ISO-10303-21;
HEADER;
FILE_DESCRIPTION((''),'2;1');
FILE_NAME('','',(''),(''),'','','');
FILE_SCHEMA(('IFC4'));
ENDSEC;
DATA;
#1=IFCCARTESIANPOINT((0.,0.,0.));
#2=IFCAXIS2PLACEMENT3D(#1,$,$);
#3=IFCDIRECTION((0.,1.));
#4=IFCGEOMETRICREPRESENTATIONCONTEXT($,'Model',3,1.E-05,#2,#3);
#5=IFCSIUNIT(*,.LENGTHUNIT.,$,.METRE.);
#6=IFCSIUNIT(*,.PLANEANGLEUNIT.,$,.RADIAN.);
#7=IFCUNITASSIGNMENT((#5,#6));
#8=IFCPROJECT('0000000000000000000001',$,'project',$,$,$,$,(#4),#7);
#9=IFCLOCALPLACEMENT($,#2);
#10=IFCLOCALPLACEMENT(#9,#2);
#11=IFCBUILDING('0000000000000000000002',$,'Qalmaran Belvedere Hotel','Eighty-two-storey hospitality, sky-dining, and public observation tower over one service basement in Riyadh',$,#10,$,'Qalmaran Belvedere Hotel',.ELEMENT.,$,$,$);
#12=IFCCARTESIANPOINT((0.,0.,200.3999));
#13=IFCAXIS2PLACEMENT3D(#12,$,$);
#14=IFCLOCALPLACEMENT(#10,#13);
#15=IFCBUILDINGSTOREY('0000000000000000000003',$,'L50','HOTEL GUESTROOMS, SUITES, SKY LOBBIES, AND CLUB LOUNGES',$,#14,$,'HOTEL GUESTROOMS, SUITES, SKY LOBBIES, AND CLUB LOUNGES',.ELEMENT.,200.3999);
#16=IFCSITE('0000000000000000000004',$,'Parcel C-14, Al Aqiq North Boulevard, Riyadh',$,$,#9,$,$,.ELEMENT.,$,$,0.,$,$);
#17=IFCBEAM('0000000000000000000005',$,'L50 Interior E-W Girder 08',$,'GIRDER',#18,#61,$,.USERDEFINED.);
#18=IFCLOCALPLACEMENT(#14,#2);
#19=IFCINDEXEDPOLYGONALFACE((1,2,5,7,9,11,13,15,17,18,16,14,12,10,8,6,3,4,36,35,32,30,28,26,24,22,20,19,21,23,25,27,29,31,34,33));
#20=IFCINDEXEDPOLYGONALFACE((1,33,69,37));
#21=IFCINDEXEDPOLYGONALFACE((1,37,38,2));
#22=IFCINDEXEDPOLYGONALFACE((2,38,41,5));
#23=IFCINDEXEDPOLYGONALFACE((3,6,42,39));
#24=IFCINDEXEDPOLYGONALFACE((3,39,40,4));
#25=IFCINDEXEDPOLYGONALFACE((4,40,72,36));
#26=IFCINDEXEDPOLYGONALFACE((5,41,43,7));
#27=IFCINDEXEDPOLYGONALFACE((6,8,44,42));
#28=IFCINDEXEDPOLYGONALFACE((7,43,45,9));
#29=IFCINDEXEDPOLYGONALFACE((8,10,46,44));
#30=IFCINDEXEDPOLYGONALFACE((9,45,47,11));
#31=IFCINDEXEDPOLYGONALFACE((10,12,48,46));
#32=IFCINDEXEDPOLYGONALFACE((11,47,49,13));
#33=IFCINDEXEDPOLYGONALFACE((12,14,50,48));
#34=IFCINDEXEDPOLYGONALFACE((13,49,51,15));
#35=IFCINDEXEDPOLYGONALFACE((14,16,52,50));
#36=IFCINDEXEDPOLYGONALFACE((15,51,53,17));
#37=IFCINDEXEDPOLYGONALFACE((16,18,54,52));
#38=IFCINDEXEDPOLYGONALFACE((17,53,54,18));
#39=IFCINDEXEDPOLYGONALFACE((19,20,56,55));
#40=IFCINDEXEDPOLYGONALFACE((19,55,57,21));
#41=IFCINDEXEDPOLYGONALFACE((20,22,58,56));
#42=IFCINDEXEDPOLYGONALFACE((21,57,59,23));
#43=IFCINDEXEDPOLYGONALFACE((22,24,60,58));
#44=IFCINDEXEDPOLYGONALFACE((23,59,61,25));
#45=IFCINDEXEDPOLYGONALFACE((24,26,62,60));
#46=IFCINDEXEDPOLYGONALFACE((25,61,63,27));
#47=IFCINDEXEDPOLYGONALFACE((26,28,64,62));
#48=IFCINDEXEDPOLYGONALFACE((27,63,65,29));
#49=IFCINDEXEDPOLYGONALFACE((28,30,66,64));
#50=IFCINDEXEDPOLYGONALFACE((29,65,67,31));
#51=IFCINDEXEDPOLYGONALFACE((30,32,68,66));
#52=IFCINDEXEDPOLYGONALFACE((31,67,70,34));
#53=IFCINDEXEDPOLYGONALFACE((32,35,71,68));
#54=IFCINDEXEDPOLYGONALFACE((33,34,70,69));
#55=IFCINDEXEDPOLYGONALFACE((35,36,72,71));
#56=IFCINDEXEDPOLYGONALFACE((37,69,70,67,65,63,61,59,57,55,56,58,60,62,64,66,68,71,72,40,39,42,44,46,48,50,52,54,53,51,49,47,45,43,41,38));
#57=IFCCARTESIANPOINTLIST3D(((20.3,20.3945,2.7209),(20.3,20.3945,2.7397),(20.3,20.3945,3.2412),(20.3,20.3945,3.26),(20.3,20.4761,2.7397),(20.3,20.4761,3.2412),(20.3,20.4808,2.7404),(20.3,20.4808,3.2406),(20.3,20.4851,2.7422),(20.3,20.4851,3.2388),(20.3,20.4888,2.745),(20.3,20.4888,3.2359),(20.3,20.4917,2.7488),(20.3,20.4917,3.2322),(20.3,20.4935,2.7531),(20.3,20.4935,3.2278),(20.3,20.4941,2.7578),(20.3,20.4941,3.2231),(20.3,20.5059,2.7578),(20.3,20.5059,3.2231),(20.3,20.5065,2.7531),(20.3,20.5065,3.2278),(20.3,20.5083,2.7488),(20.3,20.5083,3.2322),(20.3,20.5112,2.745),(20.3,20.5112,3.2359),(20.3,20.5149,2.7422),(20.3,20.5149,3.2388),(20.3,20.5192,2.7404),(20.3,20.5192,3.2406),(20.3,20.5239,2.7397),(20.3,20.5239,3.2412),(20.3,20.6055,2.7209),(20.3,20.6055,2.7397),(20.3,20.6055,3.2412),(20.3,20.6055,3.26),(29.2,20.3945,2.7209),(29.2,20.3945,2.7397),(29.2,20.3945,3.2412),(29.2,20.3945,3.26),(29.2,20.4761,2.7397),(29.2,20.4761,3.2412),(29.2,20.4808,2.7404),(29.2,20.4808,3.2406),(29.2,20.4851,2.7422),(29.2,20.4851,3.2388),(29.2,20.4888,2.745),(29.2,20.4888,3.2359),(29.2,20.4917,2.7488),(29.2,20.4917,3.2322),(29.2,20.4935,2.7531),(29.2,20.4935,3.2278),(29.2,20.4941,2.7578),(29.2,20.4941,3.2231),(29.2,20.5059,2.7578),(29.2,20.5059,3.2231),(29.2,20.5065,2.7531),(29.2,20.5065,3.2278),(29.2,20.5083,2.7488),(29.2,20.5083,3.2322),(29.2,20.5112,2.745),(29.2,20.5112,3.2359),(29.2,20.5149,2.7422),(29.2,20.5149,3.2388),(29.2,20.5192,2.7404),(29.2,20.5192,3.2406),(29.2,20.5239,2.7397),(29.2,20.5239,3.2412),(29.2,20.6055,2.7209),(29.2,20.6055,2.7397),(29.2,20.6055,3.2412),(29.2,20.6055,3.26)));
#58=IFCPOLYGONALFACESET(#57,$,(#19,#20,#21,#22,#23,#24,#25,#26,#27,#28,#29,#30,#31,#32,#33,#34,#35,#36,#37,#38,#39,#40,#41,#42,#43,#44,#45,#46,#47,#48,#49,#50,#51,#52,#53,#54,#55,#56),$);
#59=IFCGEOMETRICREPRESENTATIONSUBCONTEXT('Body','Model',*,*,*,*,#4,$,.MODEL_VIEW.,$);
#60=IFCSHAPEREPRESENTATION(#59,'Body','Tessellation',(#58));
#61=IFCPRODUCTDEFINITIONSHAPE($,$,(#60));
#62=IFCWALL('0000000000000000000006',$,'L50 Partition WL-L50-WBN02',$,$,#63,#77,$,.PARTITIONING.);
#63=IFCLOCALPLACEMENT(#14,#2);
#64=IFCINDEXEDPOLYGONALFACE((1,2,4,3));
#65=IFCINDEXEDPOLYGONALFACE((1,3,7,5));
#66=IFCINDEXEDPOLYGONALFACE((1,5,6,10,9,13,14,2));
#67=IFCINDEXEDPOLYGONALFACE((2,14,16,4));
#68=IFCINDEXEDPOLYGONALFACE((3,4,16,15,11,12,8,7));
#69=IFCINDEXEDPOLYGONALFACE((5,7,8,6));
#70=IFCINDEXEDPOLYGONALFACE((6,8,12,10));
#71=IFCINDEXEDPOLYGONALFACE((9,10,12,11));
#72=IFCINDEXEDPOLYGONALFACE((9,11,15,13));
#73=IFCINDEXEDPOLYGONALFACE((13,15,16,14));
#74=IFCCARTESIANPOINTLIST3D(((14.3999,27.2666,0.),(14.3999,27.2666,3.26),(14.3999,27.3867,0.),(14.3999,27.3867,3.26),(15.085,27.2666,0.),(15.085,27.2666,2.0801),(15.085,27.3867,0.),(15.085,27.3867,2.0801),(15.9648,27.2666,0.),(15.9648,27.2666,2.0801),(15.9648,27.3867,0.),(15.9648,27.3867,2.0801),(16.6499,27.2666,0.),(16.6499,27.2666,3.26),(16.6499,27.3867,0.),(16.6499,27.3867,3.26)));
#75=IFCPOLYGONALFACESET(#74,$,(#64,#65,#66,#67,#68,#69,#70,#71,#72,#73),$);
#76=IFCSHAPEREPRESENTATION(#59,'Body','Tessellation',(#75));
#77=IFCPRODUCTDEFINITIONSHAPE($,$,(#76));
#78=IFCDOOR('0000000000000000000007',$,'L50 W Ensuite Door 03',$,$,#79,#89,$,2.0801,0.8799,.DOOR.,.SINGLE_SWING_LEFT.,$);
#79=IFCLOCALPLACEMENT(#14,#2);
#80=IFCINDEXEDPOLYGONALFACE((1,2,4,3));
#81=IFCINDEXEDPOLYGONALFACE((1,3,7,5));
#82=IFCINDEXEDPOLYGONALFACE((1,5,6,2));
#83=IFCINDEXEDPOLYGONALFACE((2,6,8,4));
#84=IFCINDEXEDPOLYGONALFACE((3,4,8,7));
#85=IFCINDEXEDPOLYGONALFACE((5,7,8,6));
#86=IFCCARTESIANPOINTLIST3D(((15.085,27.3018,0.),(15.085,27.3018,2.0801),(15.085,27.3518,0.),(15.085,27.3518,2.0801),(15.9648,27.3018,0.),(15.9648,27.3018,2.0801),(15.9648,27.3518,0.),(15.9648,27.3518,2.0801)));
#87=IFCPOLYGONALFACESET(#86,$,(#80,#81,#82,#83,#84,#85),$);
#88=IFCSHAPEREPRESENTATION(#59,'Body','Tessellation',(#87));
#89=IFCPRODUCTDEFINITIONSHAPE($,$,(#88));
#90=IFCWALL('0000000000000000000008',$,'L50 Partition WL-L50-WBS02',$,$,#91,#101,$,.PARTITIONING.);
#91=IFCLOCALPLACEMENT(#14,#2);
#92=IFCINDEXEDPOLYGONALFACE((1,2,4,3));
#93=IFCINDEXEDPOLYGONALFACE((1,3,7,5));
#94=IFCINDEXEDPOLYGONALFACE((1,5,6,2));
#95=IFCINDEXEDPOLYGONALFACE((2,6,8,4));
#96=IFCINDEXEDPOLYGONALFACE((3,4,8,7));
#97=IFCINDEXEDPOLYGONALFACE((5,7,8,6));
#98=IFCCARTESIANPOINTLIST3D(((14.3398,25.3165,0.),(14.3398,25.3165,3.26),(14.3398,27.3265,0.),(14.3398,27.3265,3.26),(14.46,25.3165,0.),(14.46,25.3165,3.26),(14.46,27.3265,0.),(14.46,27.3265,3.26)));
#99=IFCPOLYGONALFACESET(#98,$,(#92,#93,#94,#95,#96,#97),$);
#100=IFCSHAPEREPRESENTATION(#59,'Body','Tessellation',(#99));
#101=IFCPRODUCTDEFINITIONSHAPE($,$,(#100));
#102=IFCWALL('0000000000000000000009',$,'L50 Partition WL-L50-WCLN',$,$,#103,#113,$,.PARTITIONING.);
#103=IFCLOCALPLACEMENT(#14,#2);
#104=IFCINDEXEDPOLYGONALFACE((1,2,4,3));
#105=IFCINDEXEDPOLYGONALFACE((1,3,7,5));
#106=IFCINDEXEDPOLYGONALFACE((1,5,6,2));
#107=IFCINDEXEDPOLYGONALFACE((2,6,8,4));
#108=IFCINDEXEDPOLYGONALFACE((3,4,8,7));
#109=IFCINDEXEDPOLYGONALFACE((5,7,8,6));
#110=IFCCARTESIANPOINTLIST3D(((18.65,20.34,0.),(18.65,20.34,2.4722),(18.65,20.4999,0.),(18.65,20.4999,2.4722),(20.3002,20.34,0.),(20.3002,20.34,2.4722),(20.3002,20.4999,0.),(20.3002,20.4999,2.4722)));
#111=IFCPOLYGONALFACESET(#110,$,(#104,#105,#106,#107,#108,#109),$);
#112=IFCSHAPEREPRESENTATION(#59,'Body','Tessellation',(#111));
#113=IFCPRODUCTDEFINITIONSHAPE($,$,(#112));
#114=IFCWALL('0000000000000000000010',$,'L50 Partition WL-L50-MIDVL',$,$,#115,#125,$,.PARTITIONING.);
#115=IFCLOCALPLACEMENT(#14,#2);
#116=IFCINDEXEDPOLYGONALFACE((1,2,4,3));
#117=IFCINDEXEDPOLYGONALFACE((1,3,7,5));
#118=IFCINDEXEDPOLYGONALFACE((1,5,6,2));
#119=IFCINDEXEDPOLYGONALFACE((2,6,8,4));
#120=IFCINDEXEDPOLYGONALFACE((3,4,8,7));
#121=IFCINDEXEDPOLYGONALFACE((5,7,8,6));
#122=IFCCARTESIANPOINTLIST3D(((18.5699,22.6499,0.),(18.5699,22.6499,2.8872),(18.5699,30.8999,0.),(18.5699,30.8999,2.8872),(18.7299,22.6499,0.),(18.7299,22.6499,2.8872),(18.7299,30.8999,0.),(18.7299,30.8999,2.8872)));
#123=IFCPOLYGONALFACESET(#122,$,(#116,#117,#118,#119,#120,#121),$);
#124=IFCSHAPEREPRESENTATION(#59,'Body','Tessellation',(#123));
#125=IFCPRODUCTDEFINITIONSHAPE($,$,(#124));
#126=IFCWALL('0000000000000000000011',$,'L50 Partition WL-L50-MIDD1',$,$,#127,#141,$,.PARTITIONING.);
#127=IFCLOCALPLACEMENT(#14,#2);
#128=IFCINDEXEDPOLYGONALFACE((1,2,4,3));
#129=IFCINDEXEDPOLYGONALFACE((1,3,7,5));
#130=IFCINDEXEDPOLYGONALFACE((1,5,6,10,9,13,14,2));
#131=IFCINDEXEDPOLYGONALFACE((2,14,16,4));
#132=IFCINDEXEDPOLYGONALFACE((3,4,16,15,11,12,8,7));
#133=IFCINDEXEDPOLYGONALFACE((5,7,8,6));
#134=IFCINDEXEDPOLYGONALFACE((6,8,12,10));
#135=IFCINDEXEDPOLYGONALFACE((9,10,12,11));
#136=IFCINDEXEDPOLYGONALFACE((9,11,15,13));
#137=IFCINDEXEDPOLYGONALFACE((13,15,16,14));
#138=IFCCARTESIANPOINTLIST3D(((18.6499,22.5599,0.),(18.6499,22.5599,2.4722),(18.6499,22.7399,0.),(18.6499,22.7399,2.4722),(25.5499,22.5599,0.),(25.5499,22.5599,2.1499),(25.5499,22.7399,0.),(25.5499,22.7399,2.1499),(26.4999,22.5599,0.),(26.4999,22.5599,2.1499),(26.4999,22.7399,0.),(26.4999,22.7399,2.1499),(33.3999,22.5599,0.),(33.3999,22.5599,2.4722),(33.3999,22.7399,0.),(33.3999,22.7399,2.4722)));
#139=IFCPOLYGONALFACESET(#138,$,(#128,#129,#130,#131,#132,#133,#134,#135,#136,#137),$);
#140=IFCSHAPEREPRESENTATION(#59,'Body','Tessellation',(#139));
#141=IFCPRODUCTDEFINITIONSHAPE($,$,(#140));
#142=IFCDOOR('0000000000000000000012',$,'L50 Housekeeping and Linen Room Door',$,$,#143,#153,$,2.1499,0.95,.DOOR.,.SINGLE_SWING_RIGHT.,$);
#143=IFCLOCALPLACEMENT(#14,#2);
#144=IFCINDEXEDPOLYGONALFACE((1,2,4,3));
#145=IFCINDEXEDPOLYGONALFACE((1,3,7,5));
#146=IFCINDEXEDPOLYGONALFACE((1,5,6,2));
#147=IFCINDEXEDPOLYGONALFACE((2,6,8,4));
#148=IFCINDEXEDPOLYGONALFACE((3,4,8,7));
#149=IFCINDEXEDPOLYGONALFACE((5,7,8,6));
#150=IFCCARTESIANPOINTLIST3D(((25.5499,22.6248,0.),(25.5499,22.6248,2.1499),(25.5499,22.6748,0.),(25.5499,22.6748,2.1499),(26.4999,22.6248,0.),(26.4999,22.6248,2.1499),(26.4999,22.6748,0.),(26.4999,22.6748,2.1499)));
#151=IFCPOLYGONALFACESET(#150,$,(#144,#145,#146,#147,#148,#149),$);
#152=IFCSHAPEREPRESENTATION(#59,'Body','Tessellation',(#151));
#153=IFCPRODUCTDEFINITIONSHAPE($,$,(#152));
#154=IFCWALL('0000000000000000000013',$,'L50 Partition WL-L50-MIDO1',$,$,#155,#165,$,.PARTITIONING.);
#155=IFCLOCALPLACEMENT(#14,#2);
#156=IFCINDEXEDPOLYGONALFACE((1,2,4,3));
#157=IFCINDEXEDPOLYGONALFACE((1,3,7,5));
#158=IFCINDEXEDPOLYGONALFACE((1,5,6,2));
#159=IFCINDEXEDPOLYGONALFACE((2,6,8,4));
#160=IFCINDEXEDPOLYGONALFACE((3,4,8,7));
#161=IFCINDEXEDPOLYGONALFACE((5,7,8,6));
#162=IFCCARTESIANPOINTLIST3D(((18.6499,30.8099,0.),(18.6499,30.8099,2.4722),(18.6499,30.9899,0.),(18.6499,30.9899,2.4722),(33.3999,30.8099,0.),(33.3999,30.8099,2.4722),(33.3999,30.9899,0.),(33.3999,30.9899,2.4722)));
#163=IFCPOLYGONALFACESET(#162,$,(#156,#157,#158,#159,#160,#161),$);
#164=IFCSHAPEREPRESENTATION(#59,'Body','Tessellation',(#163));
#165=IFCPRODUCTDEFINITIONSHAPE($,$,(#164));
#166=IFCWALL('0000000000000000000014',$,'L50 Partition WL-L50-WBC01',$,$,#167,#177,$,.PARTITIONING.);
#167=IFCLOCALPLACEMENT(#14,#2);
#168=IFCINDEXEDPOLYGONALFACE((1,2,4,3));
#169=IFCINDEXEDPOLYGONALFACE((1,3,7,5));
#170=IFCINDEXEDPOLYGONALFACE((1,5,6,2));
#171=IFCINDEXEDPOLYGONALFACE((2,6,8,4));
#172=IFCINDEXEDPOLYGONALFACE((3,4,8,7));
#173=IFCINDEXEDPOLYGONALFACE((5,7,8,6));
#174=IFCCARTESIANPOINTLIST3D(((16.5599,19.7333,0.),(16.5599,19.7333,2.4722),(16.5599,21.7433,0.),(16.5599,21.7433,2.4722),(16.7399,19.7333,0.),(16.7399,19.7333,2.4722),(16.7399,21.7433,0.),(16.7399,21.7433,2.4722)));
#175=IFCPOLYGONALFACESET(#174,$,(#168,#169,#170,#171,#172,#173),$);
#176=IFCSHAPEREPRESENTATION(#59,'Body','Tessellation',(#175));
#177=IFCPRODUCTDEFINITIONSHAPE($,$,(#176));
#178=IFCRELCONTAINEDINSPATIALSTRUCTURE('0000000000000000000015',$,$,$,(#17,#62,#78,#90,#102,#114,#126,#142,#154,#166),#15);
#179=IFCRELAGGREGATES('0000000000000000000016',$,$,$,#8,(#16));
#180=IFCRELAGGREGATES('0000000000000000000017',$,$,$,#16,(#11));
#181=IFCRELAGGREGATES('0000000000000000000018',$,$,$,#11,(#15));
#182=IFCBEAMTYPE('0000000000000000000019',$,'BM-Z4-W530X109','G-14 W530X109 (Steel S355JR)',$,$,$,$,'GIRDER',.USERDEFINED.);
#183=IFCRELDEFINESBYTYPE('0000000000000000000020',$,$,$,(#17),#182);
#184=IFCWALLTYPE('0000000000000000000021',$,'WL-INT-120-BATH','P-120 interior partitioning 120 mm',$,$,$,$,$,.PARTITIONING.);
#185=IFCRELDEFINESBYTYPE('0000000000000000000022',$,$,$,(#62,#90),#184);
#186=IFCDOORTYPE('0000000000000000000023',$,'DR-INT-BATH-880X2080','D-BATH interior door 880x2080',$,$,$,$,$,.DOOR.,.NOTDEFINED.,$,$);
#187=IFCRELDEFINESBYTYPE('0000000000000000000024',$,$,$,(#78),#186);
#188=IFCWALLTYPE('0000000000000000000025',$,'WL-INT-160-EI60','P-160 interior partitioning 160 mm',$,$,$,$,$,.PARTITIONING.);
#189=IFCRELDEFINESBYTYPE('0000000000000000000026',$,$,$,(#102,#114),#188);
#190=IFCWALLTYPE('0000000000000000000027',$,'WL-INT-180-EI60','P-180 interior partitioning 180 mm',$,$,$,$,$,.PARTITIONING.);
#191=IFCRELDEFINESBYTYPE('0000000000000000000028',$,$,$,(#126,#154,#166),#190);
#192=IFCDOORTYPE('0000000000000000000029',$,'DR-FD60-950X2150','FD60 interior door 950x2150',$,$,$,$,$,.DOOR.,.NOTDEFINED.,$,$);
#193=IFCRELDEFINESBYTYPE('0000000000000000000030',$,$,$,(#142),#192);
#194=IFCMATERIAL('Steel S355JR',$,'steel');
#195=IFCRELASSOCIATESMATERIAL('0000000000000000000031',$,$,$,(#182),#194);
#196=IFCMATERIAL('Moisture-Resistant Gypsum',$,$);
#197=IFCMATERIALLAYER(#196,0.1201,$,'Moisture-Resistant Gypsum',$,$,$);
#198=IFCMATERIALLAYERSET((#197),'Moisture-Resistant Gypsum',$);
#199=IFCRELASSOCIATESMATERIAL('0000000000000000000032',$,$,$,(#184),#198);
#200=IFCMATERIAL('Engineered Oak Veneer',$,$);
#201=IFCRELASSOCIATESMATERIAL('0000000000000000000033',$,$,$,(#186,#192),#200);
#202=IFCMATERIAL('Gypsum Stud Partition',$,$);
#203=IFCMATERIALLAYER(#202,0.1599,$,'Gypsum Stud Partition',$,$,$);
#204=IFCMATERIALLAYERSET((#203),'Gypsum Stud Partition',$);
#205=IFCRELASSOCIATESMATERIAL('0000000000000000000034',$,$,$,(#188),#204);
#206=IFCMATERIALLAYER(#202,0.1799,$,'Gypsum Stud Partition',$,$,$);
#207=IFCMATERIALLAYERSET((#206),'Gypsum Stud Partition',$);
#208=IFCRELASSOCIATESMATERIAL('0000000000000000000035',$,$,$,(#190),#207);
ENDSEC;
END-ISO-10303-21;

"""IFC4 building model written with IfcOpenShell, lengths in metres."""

from ifc_helpers import new_model, si_unit, direction, frame, frame_2d, origin, origin_2d, place, context, subcontext, project, spatial, rectangle, i_section, extrude, material, layer, layer_set, material_profile, profile_set, type_object, element, fill, save


model = new_model("IFC4")

# Units and contexts
model_context = context("Model", 3, precision=1e-05, world=origin(), true_north=direction((0.0, 1.0)))
body_context = subcontext(model_context, "Body", "Model", "MODEL_VIEW")
ifc_project = project(units=[si_unit("LENGTHUNIT", "METRE"), si_unit("PLANEANGLEUNIT", "RADIAN")], contexts=[model_context])

# Site, building, storey
site_placement = place(None, origin())
site = spatial("IfcSite", under=ifc_project, at=site_placement, Name="Parcel C-14, Al Aqiq North Boulevard, Riyadh", CompositionType="ELEMENT", RefElevation=0.0)
building_placement = place(site_placement, origin())
building = spatial("IfcBuilding", under=site, at=building_placement, Name="Qalmaran Belvedere Hotel", Description="Eighty-two-storey hospitality, sky-dining, and public observation tower over one service basement in Riyadh", LongName="Qalmaran Belvedere Hotel", CompositionType="ELEMENT")
storey_placement = place(building_placement, frame((0.0, 0.0, 200.3999)))
storey = spatial("IfcBuildingStorey", under=building, at=storey_placement, Name="L50", Description="HOTEL GUESTROOMS, SUITES, SKY LOBBIES, AND CLUB LOUNGES", LongName="HOTEL GUESTROOMS, SUITES, SKY LOBBIES, AND CLUB LOUNGES", CompositionType="ELEMENT", Elevation=200.3999)

# Beam
ifc_material_1 = material(Name="Steel S355JR", Category="steel")
ifc_material_profile_1 = material_profile(ifc_material_1, i_section(OverallWidth=0.2109, OverallDepth=0.5391, WebThickness=0.0117, FlangeThickness=0.0188, FilletRadius=0.0181, at=origin_2d()), Name="W530X109")
ifc_profile_set_1 = profile_set([ifc_material_profile_1], Name="Steel S355JR")
beam_type_1 = type_object("IfcBeamType", Name="BM-Z4-W530X109", Description="G-14 W530X109 (Steel S355JR)", ElementType="GIRDER", PredefinedType="USERDEFINED", material=ifc_profile_set_1)
beam_1_placement = place(storey_placement, frame((20.3, 20.5, 2.9905), z_axis=(1.0, 0.0, 0.0), x_axis=(0.0, 1.0, 0.0)))
element("IfcBeam", 1, at=beam_1_placement, inside=storey, type_object=beam_type_1, Name="L50 Interior E-W Girder 08", ObjectType="GIRDER", PredefinedType="USERDEFINED", context=body_context, shape_type="SweptSolid", body=[
    extrude(i_section(OverallWidth=0.2109, OverallDepth=0.5391, WebThickness=0.0117, FlangeThickness=0.0188, FilletRadius=0.0181, at=origin_2d()), origin(), (0.0, 0.0, 1.0), 8.8999),
])

# Wall, opening, door
ifc_material_2 = material(Name="Moisture-Resistant Gypsum")
ifc_layer_1 = layer(ifc_material_2, 0.1201, Name="Moisture-Resistant Gypsum")
ifc_layer_set_1 = layer_set([ifc_layer_1], Name="Moisture-Resistant Gypsum")
wall_type_1 = type_object("IfcWallType", Name="WL-INT-120-BATH", Description="P-120 interior partitioning 120 mm", PredefinedType="PARTITIONING", material=ifc_layer_set_1)
wall_1_placement = place(storey_placement, frame((14.3999, 27.3267, 0.0), z_axis=(0.0, 0.0, 1.0), x_axis=(1.0, 0.0, 0.0)))
wall_1 = element("IfcWall", 2, at=wall_1_placement, inside=storey, type_object=wall_type_1, Name="L50 Partition WL-L50-WBN02", PredefinedType="PARTITIONING", context=body_context, shape_type="SweptSolid", body=[
    extrude(rectangle(XDim=2.25, YDim=0.1201, at=frame_2d((1.125, 0.0))), origin(), (0.0, 0.0, 1.0), 3.26),
])
opening_1_placement = place(wall_1_placement, frame((1.5649, 0.0, 0.0), z_axis=(0.0, 0.0, 1.0), x_axis=(-1.0, 0.0, 0.0)))
opening_1 = element("IfcOpeningElement", 3, at=opening_1_placement, cuts=wall_1, PredefinedType="OPENING", context=body_context, shape_type="SweptSolid", body=[
    extrude(rectangle(XDim=0.8799, YDim=2.0801, at=frame_2d((0.4399, 1.04))), frame((0.0, 0.0701, 0.0), z_axis=(0.0, -1.0, 0.0), x_axis=(1.0, 0.0, 0.0)), (0.0, 0.0, 1.0), 0.1401),
])
ifc_material_3 = material(Name="Engineered Oak Veneer")
door_type_1 = type_object("IfcDoorType", Name="DR-INT-BATH-880X2080", Description="D-BATH interior door 880x2080", OperationType="NOTDEFINED", PredefinedType="DOOR", material=ifc_material_3)
door_1_placement = place(opening_1_placement, origin())
door_1 = element("IfcDoor", 4, at=door_1_placement, inside=storey, type_object=door_type_1, Name="L50 W Ensuite Door 03", OperationType="SINGLE_SWING_LEFT", OverallHeight=2.0801, OverallWidth=0.8799, PredefinedType="DOOR", context=body_context, shape_type="SweptSolid", body=[
    extrude(rectangle(XDim=0.8799, YDim=2.0801, at=frame_2d((0.4399, 1.04))), frame((0.0, 0.0249, 0.0), z_axis=(0.0, -1.0, 0.0), x_axis=(1.0, 0.0, 0.0)), (0.0, 0.0, 1.0), 0.05),
])
fill(opening_1, door_1)

# Wall
wall_2_placement = place(storey_placement, frame((14.3999, 25.3167, 0.0), z_axis=(0.0, 0.0, 1.0), x_axis=(0.0, 1.0, 0.0)))
element("IfcWall", 5, at=wall_2_placement, inside=storey, type_object=wall_type_1, Name="L50 Partition WL-L50-WBS02", PredefinedType="PARTITIONING", context=body_context, shape_type="SweptSolid", body=[
    extrude(rectangle(XDim=2.01, YDim=0.1201, at=frame_2d((1.0049, 0.0))), origin(), (0.0, 0.0, 1.0), 3.26),
])

# Shared definitions
ifc_material_4 = material(Name="Gypsum Stud Partition")

# Walls
ifc_layer_2 = layer(ifc_material_4, 0.1599, Name="Gypsum Stud Partition")
ifc_layer_set_2 = layer_set([ifc_layer_2], Name="Gypsum Stud Partition")
wall_type_2 = type_object("IfcWallType", Name="WL-INT-160-EI60", Description="P-160 interior partitioning 160 mm", PredefinedType="PARTITIONING", material=ifc_layer_set_2)
wall_3_placement = place(storey_placement, frame((18.6499, 20.4199, 0.0), z_axis=(0.0, 0.0, 1.0), x_axis=(1.0, 0.0, 0.0)))
element("IfcWall", 6, at=wall_3_placement, inside=storey, type_object=wall_type_2, Name="L50 Partition WL-L50-WCLN", PredefinedType="PARTITIONING", context=body_context, shape_type="SweptSolid", body=[
    extrude(rectangle(XDim=1.6501, YDim=0.1599, at=frame_2d((0.8252, 0.0))), origin(), (0.0, 0.0, 1.0), 2.4722),
])
wall_4_placement = place(storey_placement, frame((18.6499, 22.6499, 0.0), z_axis=(0.0, 0.0, 1.0), x_axis=(0.0, 1.0, 0.0)))
element("IfcWall", 7, at=wall_4_placement, inside=storey, type_object=wall_type_2, Name="L50 Partition WL-L50-MIDVL", PredefinedType="PARTITIONING", context=body_context, shape_type="SweptSolid", body=[
    extrude(rectangle(XDim=8.25, YDim=0.1599, at=frame_2d((4.125, 0.0))), origin(), (0.0, 0.0, 1.0), 2.8872),
])

# Wall, opening, door
ifc_layer_3 = layer(ifc_material_4, 0.1799, Name="Gypsum Stud Partition")
ifc_layer_set_3 = layer_set([ifc_layer_3], Name="Gypsum Stud Partition")
wall_type_3 = type_object("IfcWallType", Name="WL-INT-180-EI60", Description="P-180 interior partitioning 180 mm", PredefinedType="PARTITIONING", material=ifc_layer_set_3)
wall_5_placement = place(storey_placement, frame((18.6499, 22.6499, 0.0), z_axis=(0.0, 0.0, 1.0), x_axis=(1.0, 0.0, 0.0)))
wall_5 = element("IfcWall", 8, at=wall_5_placement, inside=storey, type_object=wall_type_3, Name="L50 Partition WL-L50-MIDD1", PredefinedType="PARTITIONING", context=body_context, shape_type="SweptSolid", body=[
    extrude(rectangle(XDim=14.75, YDim=0.1799, at=frame_2d((7.375, 0.0))), origin(), (0.0, 0.0, 1.0), 2.4722),
])
opening_2_placement = place(wall_5_placement, frame((6.8999, 0.0, 0.0)))
opening_2 = element("IfcOpeningElement", 9, at=opening_2_placement, cuts=wall_5, PredefinedType="OPENING", context=body_context, shape_type="SweptSolid", body=[
    extrude(rectangle(XDim=0.95, YDim=2.1499, at=frame_2d((0.4751, 1.075))), frame((0.0, 0.1001, 0.0), z_axis=(0.0, -1.0, 0.0), x_axis=(1.0, 0.0, 0.0)), (0.0, 0.0, 1.0), 0.2),
])
door_type_2 = type_object("IfcDoorType", Name="DR-FD60-950X2150", Description="FD60 interior door 950x2150", OperationType="NOTDEFINED", PredefinedType="DOOR", material=ifc_material_3)
door_2_placement = place(opening_2_placement, origin())
door_2 = element("IfcDoor", 10, at=door_2_placement, inside=storey, type_object=door_type_2, Name="L50 Housekeeping and Linen Room Door", OperationType="SINGLE_SWING_RIGHT", OverallHeight=2.1499, OverallWidth=0.95, PredefinedType="DOOR", context=body_context, shape_type="SweptSolid", body=[
    extrude(rectangle(XDim=0.95, YDim=2.1499, at=frame_2d((0.4751, 1.075))), frame((0.0, 0.0249, 0.0), z_axis=(0.0, -1.0, 0.0), x_axis=(1.0, 0.0, 0.0)), (0.0, 0.0, 1.0), 0.05),
])
fill(opening_2, door_2)

# Walls
wall_6_placement = place(storey_placement, frame((18.6499, 30.8999, 0.0), z_axis=(0.0, 0.0, 1.0), x_axis=(1.0, 0.0, 0.0)))
element("IfcWall", 11, at=wall_6_placement, inside=storey, type_object=wall_type_3, Name="L50 Partition WL-L50-MIDO1", PredefinedType="PARTITIONING", context=body_context, shape_type="SweptSolid", body=[
    extrude(rectangle(XDim=14.75, YDim=0.1799, at=frame_2d((7.375, 0.0))), origin(), (0.0, 0.0, 1.0), 2.4722),
])
wall_7_placement = place(storey_placement, frame((16.6499, 19.7334, 0.0), z_axis=(0.0, 0.0, 1.0), x_axis=(0.0, 1.0, 0.0)))
element("IfcWall", 12, at=wall_7_placement, inside=storey, type_object=wall_type_3, Name="L50 Partition WL-L50-WBC01", PredefinedType="PARTITIONING", context=body_context, shape_type="SweptSolid", body=[
    extrude(rectangle(XDim=2.01, YDim=0.1799, at=frame_2d((1.0049, 0.0))), origin(), (0.0, 0.0, 1.0), 2.4722),
])

save(model, "model.ifc")
